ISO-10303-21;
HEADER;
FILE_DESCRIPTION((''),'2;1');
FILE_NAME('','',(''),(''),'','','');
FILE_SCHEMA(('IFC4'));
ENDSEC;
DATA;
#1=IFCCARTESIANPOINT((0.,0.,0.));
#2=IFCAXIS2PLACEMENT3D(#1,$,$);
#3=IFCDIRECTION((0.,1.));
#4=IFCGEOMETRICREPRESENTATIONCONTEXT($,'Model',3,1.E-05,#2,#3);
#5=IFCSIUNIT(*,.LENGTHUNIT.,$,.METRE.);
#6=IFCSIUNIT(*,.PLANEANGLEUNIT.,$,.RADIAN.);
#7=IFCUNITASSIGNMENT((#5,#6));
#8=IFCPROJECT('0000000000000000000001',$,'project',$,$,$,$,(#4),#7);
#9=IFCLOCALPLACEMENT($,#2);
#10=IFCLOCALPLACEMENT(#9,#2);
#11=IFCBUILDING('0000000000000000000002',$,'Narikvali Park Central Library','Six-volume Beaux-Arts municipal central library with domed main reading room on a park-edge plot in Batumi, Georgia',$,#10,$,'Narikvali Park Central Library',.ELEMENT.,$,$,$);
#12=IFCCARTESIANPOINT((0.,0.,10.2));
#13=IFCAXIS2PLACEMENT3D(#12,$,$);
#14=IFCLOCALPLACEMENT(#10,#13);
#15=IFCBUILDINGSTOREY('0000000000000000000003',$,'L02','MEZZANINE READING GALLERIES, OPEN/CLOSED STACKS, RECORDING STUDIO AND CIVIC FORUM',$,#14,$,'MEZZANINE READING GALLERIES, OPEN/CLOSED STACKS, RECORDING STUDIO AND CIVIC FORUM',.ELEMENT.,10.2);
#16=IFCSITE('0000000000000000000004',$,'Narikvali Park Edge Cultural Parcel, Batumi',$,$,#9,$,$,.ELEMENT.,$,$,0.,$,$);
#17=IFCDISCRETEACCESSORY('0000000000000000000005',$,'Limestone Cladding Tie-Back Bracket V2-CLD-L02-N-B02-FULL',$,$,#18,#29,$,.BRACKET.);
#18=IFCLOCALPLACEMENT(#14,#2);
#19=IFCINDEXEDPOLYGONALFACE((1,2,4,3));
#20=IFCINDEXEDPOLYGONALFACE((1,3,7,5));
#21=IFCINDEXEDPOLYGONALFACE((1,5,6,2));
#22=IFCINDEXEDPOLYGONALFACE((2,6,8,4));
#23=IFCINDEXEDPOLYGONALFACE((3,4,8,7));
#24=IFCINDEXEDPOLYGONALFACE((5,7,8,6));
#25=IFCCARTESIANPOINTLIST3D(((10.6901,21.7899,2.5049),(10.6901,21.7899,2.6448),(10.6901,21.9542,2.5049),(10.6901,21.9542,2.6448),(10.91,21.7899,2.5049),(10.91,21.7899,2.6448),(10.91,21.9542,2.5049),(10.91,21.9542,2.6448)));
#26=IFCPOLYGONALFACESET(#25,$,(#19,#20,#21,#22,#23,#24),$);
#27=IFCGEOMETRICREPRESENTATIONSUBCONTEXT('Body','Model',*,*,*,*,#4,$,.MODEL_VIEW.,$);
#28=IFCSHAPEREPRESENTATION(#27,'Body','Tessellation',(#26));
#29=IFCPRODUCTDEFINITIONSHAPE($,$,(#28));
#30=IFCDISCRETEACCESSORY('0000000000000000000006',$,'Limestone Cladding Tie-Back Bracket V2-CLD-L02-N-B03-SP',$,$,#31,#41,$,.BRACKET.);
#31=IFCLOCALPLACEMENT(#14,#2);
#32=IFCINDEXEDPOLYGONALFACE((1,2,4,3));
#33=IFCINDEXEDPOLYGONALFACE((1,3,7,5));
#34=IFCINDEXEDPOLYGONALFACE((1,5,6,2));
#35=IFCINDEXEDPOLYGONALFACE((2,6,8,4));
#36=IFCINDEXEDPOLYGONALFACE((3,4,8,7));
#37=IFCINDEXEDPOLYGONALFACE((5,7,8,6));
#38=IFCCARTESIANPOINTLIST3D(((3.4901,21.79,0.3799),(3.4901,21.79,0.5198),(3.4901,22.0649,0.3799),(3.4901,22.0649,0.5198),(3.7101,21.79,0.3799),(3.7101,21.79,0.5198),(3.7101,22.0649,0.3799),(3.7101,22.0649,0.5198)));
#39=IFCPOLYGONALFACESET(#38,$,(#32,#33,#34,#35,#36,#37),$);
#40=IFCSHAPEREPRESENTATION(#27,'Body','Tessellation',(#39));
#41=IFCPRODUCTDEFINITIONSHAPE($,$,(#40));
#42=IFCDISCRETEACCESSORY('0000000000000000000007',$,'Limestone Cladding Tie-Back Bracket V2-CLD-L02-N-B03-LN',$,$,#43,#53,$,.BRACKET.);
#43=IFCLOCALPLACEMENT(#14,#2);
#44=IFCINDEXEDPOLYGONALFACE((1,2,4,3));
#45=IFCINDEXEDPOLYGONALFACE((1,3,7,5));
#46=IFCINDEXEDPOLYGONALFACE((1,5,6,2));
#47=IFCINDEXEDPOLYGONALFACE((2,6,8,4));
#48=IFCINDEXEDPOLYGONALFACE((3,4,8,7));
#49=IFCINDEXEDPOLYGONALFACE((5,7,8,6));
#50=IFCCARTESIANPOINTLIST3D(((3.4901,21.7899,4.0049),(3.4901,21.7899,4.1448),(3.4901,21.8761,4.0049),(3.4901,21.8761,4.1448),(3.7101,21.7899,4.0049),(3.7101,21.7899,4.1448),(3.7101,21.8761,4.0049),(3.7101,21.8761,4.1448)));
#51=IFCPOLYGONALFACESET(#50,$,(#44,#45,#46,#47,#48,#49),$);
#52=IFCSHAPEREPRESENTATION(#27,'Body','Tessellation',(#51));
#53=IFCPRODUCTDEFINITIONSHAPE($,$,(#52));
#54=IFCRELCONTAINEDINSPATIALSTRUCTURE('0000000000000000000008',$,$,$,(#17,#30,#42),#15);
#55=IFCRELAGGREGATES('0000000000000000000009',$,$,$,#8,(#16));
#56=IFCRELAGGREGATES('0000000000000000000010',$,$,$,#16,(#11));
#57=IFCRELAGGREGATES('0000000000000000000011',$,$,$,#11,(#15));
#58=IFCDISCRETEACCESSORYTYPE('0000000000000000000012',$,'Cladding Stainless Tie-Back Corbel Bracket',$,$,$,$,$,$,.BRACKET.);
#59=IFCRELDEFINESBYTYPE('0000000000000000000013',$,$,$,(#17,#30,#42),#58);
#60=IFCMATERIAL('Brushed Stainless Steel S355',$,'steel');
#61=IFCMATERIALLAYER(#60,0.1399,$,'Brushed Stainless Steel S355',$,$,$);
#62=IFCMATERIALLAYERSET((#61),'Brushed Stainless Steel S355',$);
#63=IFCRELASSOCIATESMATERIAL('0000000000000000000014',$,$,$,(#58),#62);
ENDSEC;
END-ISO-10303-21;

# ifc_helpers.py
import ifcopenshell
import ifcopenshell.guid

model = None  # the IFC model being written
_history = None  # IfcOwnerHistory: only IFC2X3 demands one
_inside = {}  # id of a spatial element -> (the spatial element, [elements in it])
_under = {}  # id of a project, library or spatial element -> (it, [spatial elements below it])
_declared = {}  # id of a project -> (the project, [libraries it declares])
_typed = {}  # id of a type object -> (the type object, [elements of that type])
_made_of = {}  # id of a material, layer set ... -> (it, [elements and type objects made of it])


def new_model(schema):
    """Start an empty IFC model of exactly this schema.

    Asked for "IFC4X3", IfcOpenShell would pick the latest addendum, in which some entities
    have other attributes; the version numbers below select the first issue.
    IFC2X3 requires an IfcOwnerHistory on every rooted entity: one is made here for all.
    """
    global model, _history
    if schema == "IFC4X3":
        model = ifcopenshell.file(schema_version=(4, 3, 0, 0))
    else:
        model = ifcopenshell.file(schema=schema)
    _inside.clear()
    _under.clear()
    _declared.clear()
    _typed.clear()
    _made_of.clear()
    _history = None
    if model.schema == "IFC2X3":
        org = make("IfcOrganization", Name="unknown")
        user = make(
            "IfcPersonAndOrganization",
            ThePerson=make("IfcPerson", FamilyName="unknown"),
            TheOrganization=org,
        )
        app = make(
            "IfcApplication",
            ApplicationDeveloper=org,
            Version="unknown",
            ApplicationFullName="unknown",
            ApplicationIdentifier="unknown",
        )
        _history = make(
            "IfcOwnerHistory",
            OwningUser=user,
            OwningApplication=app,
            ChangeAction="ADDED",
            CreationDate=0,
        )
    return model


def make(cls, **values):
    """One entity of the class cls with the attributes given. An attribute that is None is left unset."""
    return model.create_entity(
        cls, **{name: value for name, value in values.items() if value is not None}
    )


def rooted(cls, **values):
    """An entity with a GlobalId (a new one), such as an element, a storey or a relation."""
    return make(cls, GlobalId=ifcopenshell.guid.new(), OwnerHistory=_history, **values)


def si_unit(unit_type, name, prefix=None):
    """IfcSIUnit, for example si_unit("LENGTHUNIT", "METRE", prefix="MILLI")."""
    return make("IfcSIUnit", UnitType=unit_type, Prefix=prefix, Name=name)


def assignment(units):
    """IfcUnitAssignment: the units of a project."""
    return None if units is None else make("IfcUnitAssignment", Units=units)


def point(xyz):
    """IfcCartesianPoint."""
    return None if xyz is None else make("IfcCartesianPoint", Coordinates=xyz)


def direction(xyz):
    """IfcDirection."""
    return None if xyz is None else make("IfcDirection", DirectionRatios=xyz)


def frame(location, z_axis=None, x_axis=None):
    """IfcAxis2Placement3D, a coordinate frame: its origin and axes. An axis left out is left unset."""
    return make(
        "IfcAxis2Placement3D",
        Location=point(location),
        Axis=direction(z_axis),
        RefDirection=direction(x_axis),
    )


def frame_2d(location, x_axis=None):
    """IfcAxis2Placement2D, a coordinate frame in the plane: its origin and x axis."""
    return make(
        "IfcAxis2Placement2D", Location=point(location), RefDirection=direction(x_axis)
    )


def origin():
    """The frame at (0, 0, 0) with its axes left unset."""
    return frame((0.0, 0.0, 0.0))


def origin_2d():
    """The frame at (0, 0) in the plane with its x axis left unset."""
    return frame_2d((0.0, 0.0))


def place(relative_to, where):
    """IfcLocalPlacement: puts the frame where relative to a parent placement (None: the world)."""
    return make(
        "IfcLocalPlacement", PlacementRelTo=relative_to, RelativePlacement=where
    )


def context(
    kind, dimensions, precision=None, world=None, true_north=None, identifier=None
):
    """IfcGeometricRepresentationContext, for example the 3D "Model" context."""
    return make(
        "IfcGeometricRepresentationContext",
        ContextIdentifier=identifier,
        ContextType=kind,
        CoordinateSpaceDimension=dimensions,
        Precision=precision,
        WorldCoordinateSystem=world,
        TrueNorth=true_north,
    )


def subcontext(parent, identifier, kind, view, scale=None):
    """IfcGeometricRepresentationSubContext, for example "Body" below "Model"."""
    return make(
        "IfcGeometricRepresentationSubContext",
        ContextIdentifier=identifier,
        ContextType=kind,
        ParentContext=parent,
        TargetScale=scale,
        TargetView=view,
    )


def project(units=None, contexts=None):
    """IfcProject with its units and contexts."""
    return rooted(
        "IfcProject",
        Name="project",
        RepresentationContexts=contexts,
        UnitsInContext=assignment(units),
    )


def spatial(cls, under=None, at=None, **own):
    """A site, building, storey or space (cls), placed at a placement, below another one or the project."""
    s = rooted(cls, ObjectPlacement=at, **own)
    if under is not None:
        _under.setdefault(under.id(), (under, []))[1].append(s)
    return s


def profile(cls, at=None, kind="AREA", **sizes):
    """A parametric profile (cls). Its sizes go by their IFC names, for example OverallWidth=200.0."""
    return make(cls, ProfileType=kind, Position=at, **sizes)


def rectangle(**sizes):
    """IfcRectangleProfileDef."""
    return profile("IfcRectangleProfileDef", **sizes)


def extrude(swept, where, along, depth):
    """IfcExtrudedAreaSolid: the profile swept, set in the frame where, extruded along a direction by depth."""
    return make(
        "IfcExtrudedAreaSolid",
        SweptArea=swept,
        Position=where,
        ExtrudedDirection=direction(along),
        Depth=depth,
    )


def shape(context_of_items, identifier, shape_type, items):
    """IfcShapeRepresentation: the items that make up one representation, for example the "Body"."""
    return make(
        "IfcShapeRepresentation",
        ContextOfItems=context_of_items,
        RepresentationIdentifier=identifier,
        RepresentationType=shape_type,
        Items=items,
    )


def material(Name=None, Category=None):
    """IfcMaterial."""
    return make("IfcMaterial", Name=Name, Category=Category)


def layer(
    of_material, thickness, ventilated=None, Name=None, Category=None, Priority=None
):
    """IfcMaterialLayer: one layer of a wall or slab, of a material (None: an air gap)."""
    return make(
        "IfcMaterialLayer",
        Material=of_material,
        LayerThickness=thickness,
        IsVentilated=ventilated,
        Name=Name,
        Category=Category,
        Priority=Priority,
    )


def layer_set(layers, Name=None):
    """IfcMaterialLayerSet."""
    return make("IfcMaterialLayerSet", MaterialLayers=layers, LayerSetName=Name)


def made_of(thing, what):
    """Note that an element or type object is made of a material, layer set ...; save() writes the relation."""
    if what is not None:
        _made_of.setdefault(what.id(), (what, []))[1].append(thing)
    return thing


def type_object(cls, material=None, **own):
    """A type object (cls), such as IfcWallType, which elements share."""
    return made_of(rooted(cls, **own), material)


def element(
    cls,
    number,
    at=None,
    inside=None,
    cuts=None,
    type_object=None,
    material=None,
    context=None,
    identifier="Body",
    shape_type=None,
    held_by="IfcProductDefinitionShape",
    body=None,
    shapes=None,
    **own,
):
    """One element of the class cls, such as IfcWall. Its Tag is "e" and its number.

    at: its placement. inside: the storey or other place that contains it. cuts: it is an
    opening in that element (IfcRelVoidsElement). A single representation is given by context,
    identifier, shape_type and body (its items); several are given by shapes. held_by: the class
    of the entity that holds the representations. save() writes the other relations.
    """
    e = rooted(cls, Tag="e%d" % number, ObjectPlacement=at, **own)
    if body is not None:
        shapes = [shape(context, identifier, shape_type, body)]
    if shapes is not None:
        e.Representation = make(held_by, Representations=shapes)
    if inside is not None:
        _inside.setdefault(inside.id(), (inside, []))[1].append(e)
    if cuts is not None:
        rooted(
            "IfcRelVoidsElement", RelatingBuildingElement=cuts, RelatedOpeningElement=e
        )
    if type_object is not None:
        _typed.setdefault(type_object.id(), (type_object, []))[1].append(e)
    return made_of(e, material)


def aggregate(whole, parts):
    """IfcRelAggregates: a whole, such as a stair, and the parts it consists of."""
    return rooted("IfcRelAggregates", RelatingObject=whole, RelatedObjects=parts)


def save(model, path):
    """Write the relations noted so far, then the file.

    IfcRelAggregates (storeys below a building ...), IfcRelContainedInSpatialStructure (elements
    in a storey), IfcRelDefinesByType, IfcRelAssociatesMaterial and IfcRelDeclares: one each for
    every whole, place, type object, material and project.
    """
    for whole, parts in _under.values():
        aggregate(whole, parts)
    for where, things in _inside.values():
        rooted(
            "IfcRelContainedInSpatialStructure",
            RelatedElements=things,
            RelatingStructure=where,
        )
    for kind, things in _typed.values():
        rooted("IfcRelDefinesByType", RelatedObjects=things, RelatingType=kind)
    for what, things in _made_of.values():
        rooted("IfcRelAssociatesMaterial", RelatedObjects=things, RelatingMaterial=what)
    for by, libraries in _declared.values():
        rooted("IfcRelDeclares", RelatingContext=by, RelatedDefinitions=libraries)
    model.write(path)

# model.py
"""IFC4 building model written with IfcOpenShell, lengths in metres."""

from ifc_helpers import new_model, si_unit, direction, frame, origin, origin_2d, place, context, subcontext, project, spatial, rectangle, extrude, material, layer, layer_set, type_object, element, save


model = new_model("IFC4")

# Units and contexts
model_context = context("Model", 3, precision=1e-05, world=origin(), true_north=direction((0.0, 1.0)))
body_context = subcontext(model_context, "Body", "Model", "MODEL_VIEW")
ifc_project = project(units=[si_unit("LENGTHUNIT", "METRE"), si_unit("PLANEANGLEUNIT", "RADIAN")], contexts=[model_context])

# Site, building, storey
site_placement = place(None, origin())
site = spatial("IfcSite", under=ifc_project, at=site_placement, Name="Narikvali Park Edge Cultural Parcel, Batumi", CompositionType="ELEMENT", RefElevation=0.0)
building_placement = place(site_placement, origin())
building = spatial("IfcBuilding", under=site, at=building_placement, Name="Narikvali Park Central Library", Description="Six-volume Beaux-Arts municipal central library with domed main reading room on a park-edge plot in Batumi, Georgia", LongName="Narikvali Park Central Library", CompositionType="ELEMENT")
storey_placement = place(building_placement, frame((0.0, 0.0, 10.2)))
storey = spatial("IfcBuildingStorey", under=building, at=storey_placement, Name="L02", Description="MEZZANINE READING GALLERIES, OPEN/CLOSED STACKS, RECORDING STUDIO AND CIVIC FORUM", LongName="MEZZANINE READING GALLERIES, OPEN/CLOSED STACKS, RECORDING STUDIO AND CIVIC FORUM", CompositionType="ELEMENT", Elevation=10.2)

# Discrete accessories
ifc_material_1 = material(Name="Brushed Stainless Steel S355", Category="steel")
ifc_layer_1 = layer(ifc_material_1, 0.1399, Name="Brushed Stainless Steel S355")
ifc_layer_set_1 = layer_set([ifc_layer_1], Name="Brushed Stainless Steel S355")
discrete_accessory_type = type_object("IfcDiscreteAccessoryType", Name="Cladding Stainless Tie-Back Corbel Bracket", PredefinedType="BRACKET", material=ifc_layer_set_1)
discrete_accessory_1_placement = place(storey_placement, frame((10.8, 21.8721, 2.5049), z_axis=(0.0, 0.0, 1.0), x_axis=(1.0, 0.0, 0.0)))
element("IfcDiscreteAccessory", 1, at=discrete_accessory_1_placement, inside=storey, type_object=discrete_accessory_type, Name="Limestone Cladding Tie-Back Bracket V2-CLD-L02-N-B02-FULL", PredefinedType="BRACKET", context=body_context, shape_type="SweptSolid", body=[
    extrude(rectangle(XDim=0.22, YDim=0.1643, at=origin_2d()), origin(), (0.0, 0.0, 1.0), 0.1399),
])
discrete_accessory_2_placement = place(storey_placement, frame((3.6001, 21.9275, 0.3799), z_axis=(0.0, 0.0, 1.0), x_axis=(1.0, 0.0, 0.0)))
element("IfcDiscreteAccessory", 2, at=discrete_accessory_2_placement, inside=storey, type_object=discrete_accessory_type, Name="Limestone Cladding Tie-Back Bracket V2-CLD-L02-N-B03-SP", PredefinedType="BRACKET", context=body_context, shape_type="SweptSolid", body=[
    extrude(rectangle(XDim=0.22, YDim=0.2749, at=origin_2d()), origin(), (0.0, 0.0, 1.0), 0.1399),
])
discrete_accessory_3_placement = place(storey_placement, frame((3.6001, 21.833, 4.0049), z_axis=(0.0, 0.0, 1.0), x_axis=(1.0, 0.0, 0.0)))
element("IfcDiscreteAccessory", 3, at=discrete_accessory_3_placement, inside=storey, type_object=discrete_accessory_type, Name="Limestone Cladding Tie-Back Bracket V2-CLD-L02-N-B03-LN", PredefinedType="BRACKET", context=body_context, shape_type="SweptSolid", body=[
    extrude(rectangle(XDim=0.22, YDim=0.0862, at=origin_2d()), origin(), (0.0, 0.0, 1.0), 0.1399),
])

save(model, "model.ifc")
